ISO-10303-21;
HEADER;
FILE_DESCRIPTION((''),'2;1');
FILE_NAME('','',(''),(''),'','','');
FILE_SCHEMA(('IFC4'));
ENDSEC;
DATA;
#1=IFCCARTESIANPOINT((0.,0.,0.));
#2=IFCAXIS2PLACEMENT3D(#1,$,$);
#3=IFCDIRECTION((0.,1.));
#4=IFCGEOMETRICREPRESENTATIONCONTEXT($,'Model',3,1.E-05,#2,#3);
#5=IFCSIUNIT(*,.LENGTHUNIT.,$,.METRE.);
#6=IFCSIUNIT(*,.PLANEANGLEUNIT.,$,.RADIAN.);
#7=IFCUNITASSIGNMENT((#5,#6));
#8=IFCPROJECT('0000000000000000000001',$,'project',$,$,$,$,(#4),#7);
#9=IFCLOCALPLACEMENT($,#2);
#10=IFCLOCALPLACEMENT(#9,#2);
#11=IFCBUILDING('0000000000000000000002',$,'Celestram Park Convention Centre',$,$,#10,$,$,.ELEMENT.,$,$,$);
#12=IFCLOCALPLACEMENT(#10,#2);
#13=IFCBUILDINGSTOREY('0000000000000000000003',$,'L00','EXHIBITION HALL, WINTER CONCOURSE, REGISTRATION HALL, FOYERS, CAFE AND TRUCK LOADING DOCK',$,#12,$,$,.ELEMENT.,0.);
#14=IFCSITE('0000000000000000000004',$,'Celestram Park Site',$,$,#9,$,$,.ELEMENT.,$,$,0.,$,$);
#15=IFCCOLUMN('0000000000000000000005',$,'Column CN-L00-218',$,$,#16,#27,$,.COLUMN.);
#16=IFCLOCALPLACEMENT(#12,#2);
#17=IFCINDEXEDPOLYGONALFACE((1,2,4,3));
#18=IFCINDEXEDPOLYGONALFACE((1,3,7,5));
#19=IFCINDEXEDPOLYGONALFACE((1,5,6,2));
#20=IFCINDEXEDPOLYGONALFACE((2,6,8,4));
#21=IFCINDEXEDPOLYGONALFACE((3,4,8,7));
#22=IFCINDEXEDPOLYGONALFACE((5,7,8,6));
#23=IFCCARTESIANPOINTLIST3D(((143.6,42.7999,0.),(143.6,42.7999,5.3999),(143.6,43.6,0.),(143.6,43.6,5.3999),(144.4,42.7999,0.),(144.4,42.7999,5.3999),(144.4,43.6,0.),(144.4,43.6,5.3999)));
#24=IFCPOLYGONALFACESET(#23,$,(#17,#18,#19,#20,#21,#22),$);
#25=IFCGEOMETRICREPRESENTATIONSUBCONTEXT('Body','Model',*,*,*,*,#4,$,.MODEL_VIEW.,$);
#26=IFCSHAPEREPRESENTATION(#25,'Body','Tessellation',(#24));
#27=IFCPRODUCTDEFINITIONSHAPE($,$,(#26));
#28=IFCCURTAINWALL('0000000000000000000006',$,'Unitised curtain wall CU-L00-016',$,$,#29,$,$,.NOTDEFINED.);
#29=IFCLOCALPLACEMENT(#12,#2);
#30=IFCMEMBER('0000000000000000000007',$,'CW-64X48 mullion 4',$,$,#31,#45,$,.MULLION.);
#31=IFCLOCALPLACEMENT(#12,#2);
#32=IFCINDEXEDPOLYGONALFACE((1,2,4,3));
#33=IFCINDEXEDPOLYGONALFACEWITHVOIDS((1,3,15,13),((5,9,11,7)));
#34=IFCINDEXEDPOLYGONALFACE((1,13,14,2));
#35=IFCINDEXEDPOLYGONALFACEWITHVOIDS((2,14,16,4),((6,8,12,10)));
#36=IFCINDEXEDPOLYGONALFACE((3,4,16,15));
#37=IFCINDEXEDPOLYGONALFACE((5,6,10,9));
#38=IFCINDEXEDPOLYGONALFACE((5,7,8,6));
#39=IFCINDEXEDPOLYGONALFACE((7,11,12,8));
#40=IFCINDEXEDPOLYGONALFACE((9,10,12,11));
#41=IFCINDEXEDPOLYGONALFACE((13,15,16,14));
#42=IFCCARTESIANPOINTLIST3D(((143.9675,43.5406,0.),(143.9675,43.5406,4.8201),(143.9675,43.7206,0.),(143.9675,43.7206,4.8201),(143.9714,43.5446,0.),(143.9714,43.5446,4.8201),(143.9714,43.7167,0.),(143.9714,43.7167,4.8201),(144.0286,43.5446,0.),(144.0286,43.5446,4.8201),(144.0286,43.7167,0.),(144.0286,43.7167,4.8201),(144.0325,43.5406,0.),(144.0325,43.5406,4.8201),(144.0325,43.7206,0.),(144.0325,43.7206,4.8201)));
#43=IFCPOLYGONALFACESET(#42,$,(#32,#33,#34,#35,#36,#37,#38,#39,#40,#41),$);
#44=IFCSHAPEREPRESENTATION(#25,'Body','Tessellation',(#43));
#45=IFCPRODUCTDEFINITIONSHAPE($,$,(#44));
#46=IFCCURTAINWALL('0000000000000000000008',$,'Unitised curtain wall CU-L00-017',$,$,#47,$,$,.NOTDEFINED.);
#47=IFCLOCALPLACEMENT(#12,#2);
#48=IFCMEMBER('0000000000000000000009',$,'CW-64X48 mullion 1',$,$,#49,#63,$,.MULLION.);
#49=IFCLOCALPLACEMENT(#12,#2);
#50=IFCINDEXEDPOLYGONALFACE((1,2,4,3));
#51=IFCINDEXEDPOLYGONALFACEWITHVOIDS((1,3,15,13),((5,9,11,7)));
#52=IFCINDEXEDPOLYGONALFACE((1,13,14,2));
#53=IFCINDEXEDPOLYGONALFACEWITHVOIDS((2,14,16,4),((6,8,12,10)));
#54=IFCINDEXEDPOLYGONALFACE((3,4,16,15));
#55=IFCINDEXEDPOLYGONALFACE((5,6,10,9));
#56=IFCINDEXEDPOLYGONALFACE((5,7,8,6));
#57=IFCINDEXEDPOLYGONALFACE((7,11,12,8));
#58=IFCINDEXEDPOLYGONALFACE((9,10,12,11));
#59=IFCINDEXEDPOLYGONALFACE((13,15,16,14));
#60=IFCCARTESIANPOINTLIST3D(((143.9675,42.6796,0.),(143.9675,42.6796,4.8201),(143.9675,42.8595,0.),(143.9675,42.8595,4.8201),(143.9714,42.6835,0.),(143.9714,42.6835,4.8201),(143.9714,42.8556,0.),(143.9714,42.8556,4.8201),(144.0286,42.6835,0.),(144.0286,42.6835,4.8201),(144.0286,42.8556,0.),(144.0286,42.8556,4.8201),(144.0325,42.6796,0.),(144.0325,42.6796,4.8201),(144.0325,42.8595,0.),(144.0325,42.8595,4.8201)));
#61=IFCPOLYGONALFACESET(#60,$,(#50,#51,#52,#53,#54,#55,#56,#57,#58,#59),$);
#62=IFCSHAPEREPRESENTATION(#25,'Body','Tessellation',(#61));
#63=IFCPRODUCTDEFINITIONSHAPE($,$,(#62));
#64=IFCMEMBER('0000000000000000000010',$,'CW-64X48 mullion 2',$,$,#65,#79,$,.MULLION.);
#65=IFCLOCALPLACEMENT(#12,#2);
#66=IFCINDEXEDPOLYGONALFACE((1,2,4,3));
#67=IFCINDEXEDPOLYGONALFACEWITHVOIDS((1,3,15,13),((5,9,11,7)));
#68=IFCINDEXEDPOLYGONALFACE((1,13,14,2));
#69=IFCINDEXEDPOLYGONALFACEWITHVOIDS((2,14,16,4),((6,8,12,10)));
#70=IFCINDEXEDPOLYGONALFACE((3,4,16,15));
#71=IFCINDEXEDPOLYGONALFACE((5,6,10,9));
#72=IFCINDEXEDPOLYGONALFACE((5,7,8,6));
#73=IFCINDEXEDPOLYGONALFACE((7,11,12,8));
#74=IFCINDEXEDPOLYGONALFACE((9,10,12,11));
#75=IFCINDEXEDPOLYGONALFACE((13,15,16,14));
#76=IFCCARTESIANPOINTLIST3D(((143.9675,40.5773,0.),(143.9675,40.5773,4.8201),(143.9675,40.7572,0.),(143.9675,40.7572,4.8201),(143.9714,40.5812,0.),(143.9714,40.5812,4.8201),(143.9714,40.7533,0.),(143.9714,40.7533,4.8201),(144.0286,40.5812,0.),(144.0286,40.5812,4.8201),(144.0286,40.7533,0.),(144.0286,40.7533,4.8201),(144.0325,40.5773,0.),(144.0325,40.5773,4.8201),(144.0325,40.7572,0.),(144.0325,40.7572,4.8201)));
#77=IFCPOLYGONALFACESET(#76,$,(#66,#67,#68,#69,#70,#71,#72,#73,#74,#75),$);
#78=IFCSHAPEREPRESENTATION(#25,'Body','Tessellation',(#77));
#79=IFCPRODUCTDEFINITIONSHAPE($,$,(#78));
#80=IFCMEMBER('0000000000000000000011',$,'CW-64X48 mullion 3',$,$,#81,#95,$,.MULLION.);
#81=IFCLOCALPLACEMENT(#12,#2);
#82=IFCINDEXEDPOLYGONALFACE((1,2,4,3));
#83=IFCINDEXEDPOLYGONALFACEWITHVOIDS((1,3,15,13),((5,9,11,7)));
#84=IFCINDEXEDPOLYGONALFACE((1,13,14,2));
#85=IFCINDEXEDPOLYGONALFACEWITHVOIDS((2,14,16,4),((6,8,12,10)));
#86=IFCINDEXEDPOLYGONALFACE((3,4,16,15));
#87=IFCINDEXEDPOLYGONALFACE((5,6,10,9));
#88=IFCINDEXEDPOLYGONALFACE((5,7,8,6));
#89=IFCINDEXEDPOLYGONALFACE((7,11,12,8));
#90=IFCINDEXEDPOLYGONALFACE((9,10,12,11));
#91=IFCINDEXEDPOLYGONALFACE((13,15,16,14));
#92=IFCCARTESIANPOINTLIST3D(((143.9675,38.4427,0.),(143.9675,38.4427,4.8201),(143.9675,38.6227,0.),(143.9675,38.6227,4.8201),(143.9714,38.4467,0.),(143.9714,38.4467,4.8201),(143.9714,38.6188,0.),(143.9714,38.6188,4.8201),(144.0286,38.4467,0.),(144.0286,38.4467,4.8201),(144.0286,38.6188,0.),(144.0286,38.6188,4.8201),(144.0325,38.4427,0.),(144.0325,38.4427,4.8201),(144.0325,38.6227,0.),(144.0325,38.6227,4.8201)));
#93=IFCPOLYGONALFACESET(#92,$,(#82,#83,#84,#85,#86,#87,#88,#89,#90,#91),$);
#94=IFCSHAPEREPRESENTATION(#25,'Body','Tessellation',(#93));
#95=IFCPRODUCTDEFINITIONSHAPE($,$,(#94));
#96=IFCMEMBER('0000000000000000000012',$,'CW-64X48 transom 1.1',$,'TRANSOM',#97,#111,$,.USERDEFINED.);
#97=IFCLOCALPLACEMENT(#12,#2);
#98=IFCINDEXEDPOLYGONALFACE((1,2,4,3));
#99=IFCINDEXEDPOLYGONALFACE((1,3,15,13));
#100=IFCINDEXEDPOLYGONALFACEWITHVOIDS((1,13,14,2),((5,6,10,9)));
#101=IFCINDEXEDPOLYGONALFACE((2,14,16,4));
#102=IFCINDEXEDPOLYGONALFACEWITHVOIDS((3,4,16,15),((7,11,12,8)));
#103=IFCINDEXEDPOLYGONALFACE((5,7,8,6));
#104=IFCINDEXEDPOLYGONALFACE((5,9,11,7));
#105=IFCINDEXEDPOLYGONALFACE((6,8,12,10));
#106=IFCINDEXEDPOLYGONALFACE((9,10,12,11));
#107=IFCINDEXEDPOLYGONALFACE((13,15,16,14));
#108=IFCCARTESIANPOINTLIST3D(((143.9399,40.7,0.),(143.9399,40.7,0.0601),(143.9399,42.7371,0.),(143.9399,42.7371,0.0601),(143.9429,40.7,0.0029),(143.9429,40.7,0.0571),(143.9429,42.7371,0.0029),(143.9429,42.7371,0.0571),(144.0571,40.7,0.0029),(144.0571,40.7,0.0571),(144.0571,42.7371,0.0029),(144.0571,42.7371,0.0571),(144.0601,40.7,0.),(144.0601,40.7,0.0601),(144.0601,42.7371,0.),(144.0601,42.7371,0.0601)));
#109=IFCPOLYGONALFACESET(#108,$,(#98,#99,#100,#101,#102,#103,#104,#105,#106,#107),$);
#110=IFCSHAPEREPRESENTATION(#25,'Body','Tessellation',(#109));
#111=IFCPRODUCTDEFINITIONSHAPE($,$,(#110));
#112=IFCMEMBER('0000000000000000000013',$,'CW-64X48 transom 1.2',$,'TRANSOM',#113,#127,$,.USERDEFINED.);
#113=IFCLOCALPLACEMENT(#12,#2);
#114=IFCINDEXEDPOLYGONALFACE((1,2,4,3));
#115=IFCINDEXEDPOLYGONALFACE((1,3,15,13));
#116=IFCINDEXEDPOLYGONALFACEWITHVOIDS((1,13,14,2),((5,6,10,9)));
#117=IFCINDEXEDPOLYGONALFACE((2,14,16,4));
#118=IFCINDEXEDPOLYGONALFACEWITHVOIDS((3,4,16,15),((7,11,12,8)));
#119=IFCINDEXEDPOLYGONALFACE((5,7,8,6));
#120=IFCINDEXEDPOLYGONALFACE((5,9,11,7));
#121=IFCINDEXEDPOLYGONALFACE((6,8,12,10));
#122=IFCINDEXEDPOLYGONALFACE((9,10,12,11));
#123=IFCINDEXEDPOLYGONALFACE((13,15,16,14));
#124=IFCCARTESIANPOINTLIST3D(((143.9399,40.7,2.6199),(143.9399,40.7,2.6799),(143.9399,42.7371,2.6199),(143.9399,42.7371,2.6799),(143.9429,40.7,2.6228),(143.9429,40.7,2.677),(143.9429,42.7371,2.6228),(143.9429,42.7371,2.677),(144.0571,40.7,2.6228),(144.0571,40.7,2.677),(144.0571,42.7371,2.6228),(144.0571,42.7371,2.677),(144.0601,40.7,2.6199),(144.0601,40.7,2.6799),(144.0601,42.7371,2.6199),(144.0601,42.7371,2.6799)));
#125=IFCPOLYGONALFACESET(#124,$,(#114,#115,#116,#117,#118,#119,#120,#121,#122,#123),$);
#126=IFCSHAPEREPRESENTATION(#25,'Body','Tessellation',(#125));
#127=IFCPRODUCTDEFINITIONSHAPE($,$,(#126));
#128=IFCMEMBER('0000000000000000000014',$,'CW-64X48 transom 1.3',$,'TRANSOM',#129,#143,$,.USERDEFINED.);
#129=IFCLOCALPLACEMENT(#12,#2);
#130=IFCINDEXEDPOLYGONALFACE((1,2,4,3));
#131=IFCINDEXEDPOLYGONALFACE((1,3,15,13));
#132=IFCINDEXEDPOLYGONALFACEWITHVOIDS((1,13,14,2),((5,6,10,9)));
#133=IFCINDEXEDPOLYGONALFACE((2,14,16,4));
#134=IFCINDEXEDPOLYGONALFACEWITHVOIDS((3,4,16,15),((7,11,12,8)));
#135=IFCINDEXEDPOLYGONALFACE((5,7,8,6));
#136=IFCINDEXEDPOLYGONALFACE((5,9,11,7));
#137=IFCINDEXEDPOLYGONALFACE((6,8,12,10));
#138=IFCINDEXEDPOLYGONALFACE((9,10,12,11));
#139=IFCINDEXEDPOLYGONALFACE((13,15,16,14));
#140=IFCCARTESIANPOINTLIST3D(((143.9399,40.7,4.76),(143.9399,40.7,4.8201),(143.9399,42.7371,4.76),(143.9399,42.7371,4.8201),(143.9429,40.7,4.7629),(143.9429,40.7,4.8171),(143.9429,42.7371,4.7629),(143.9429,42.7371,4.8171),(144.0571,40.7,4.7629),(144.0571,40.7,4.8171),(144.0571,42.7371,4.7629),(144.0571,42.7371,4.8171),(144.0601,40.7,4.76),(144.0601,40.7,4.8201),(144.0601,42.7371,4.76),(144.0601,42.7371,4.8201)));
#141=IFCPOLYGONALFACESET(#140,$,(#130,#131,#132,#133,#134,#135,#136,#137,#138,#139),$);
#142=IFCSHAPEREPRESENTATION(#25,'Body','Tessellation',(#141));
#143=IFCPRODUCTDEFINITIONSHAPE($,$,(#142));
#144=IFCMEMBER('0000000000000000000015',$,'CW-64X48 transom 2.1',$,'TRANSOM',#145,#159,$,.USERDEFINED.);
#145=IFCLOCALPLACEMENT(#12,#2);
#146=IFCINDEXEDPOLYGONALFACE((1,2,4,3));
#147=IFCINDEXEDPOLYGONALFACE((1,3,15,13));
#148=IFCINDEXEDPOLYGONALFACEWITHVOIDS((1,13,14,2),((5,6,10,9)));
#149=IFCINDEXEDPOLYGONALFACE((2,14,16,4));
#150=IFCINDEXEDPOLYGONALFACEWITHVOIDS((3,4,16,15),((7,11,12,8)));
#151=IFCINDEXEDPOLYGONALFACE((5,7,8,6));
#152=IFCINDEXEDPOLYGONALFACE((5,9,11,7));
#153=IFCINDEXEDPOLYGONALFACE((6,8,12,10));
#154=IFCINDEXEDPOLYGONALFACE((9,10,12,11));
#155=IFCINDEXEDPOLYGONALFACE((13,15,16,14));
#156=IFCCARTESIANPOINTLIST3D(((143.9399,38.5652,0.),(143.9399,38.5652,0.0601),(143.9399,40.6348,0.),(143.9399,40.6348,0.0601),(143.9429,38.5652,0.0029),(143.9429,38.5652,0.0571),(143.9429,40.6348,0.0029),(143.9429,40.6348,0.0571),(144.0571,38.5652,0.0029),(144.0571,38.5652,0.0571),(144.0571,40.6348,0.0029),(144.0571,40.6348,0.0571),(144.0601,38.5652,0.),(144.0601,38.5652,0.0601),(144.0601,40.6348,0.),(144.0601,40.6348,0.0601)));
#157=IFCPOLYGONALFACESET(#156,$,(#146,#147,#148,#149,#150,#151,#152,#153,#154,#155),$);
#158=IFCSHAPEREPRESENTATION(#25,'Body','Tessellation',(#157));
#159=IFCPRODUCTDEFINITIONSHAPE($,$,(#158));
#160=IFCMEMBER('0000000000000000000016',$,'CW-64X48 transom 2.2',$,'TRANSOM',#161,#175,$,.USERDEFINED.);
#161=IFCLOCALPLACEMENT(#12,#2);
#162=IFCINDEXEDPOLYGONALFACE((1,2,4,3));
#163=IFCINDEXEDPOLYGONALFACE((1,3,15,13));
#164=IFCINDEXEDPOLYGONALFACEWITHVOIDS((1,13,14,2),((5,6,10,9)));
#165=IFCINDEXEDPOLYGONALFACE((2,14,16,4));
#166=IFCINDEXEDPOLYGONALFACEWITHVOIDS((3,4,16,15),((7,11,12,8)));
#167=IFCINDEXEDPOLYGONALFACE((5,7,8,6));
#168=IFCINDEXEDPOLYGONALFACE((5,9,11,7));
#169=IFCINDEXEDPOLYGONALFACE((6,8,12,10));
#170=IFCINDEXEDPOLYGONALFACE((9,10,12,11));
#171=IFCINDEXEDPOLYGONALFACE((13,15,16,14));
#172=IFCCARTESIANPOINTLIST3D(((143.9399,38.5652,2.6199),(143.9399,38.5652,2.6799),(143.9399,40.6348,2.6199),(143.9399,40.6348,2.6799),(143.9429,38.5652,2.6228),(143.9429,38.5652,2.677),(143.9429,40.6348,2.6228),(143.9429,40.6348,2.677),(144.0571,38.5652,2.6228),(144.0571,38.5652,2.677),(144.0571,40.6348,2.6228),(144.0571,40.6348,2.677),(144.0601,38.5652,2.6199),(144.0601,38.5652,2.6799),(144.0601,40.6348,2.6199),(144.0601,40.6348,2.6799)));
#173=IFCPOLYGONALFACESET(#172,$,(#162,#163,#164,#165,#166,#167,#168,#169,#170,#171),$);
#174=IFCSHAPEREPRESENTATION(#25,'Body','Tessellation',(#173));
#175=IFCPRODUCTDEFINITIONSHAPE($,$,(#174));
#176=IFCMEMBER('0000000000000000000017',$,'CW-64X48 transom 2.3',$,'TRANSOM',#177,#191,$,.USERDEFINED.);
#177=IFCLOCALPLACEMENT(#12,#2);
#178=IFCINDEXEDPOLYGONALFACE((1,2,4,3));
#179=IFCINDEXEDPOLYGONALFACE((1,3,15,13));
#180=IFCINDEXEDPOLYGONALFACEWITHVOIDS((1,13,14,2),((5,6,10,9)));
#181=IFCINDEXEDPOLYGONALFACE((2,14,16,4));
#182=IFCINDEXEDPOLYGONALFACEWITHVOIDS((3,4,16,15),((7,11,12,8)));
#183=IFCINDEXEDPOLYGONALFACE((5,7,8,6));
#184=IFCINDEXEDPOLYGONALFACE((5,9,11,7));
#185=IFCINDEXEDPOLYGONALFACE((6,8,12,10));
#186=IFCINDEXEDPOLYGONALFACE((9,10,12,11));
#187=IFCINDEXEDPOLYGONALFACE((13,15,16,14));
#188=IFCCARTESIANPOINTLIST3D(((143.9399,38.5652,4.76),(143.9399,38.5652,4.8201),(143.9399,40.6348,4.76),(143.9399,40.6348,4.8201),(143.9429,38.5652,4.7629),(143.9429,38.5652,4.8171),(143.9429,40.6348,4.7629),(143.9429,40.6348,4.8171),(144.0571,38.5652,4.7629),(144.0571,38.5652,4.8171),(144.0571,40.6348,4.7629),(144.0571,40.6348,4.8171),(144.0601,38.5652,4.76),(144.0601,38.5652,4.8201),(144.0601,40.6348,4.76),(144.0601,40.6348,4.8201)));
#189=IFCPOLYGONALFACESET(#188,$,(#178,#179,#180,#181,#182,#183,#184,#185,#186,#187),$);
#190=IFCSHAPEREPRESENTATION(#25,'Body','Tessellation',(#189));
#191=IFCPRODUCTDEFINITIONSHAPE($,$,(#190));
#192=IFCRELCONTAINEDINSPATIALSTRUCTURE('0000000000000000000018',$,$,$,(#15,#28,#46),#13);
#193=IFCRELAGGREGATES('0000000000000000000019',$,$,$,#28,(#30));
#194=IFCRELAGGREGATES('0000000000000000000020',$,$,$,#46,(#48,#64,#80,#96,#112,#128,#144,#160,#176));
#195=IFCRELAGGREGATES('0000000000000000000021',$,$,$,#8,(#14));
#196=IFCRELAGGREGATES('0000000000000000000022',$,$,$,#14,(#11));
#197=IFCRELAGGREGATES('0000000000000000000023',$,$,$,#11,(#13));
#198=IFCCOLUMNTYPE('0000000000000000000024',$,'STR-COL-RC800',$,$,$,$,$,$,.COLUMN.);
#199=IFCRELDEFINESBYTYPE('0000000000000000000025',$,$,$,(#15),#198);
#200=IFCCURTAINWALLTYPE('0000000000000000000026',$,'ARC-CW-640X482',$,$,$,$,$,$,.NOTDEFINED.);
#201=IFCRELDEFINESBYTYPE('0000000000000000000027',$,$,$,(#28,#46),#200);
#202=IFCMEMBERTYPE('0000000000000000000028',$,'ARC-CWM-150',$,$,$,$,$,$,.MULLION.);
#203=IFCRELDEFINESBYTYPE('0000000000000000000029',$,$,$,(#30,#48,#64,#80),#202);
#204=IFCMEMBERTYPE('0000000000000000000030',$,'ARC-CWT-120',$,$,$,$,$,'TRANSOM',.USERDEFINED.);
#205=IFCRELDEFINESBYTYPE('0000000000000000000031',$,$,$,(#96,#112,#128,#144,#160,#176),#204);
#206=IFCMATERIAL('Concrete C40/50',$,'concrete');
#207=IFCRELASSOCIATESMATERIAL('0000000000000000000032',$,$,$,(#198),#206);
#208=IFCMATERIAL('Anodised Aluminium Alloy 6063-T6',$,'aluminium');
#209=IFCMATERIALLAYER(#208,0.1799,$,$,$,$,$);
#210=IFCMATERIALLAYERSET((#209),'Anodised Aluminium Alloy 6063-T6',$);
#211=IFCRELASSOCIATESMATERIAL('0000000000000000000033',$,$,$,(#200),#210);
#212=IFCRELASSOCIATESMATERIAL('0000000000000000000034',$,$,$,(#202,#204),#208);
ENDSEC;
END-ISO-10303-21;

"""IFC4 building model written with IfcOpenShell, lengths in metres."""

from ifc_helpers import new_model, si_unit, direction, frame, origin, origin_2d, place, context, subcontext, project, spatial, rectangle, hollow_rectangle, extrude, material, layer, layer_set, material_profile, profile_set, type_object, element, aggregate, save


model = new_model("IFC4")

# Units and contexts
model_context = context("Model", 3, precision=1e-05, world=origin(), true_north=direction((0.0, 1.0)))
body_context = subcontext(model_context, "Body", "Model", "MODEL_VIEW")
ifc_project = project(units=[si_unit("LENGTHUNIT", "METRE"), si_unit("PLANEANGLEUNIT", "RADIAN")], contexts=[model_context])

# Site, building, storey
site_placement = place(None, origin())
site = spatial("IfcSite", under=ifc_project, at=site_placement, Name="Celestram Park Site", CompositionType="ELEMENT", RefElevation=0.0)
building_placement = place(site_placement, origin())
building = spatial("IfcBuilding", under=site, at=building_placement, Name="Celestram Park Convention Centre", CompositionType="ELEMENT")
storey_placement = place(building_placement, origin())
storey = spatial("IfcBuildingStorey", under=building, at=storey_placement, Name="L00", Description="EXHIBITION HALL, WINTER CONCOURSE, REGISTRATION HALL, FOYERS, CAFE AND TRUCK LOADING DOCK", CompositionType="ELEMENT", Elevation=0.0)

# Column
ifc_material_1 = material(Name="Concrete C40/50", Category="concrete")
ifc_material_profile_1 = material_profile(ifc_material_1, rectangle(XDim=0.8, YDim=0.8, at=origin_2d()), Name="RC800X800")
ifc_profile_set_1 = profile_set([ifc_material_profile_1], Name="Concrete C40/50")
column_type = type_object("IfcColumnType", Name="STR-COL-RC800", PredefinedType="COLUMN", material=ifc_profile_set_1)
column_placement = place(storey_placement, frame((144.0, 43.2, 0.0), z_axis=(0.0, 0.0, 1.0), x_axis=(1.0, 0.0, 0.0)))
element("IfcColumn", 1, at=column_placement, inside=storey, type_object=column_type, Name="Column CN-L00-218", PredefinedType="COLUMN", context=body_context, shape_type="SweptSolid", body=[
    extrude(rectangle(XDim=0.8, YDim=0.8, at=origin_2d()), origin(), (0.0, 0.0, 1.0), 5.3999),
])

# Curtain wall, member
ifc_material_2 = material(Name="Anodised Aluminium Alloy 6063-T6", Category="aluminium")
ifc_layer_1 = layer(ifc_material_2, 0.1799)
ifc_layer_set_1 = layer_set([ifc_layer_1], Name="Anodised Aluminium Alloy 6063-T6")
curtain_wall_type = type_object("IfcCurtainWallType", Name="ARC-CW-640X482", PredefinedType="NOTDEFINED", material=ifc_layer_set_1)
curtain_wall_1_placement = place(storey_placement, origin())
curtain_wall_1 = element("IfcCurtainWall", 2, at=curtain_wall_1_placement, inside=storey, type_object=curtain_wall_type, Name="Unitised curtain wall CU-L00-016", PredefinedType="NOTDEFINED")
ifc_material_profile_2 = material_profile(ifc_material_2, hollow_rectangle(XDim=0.0649, YDim=0.1799, WallThickness=0.0039, at=origin_2d()), Name="ALU65X180X4")
ifc_profile_set_2 = profile_set([ifc_material_profile_2], Name="Anodised Aluminium Alloy 6063-T6")
member_type_1 = type_object("IfcMemberType", Name="ARC-CWM-150", PredefinedType="MULLION", material=ifc_profile_set_2)
member_1_placement = place(storey_placement, frame((144.0, 43.6306, 0.0), z_axis=(0.0, 0.0, 1.0), x_axis=(1.0, 0.0, 0.0)))
member_1 = element("IfcMember", 3, at=member_1_placement, type_object=member_type_1, Name="CW-64X48 mullion 4", PredefinedType="MULLION", context=body_context, shape_type="SweptSolid", body=[
    extrude(hollow_rectangle(XDim=0.0649, YDim=0.1799, WallThickness=0.0039, at=origin_2d()), origin(), (0.0, 0.0, 1.0), 4.8201),
])
aggregate(curtain_wall_1, [member_1])

# Curtain wall, members
curtain_wall_2_placement = place(storey_placement, origin())
curtain_wall_2 = element("IfcCurtainWall", 4, at=curtain_wall_2_placement, inside=storey, type_object=curtain_wall_type, Name="Unitised curtain wall CU-L00-017", PredefinedType="NOTDEFINED")
member_2_placement = place(storey_placement, frame((144.0, 42.7695, 0.0), z_axis=(0.0, 0.0, 1.0), x_axis=(1.0, 0.0, 0.0)))
member_2 = element("IfcMember", 5, at=member_2_placement, type_object=member_type_1, Name="CW-64X48 mullion 1", PredefinedType="MULLION", context=body_context, shape_type="SweptSolid", body=[
    extrude(hollow_rectangle(XDim=0.0649, YDim=0.1799, WallThickness=0.0039, at=origin_2d()), origin(), (0.0, 0.0, 1.0), 4.8201),
])
member_3_placement = place(storey_placement, frame((144.0, 40.6672, 0.0), z_axis=(0.0, 0.0, 1.0), x_axis=(1.0, 0.0, 0.0)))
member_3 = element("IfcMember", 6, at=member_3_placement, type_object=member_type_1, Name="CW-64X48 mullion 2", PredefinedType="MULLION", context=body_context, shape_type="SweptSolid", body=[
    extrude(hollow_rectangle(XDim=0.0649, YDim=0.1799, WallThickness=0.0039, at=origin_2d()), origin(), (0.0, 0.0, 1.0), 4.8201),
])
member_4_placement = place(storey_placement, frame((144.0, 38.5327, 0.0), z_axis=(0.0, 0.0, 1.0), x_axis=(1.0, 0.0, 0.0)))
member_4 = element("IfcMember", 7, at=member_4_placement, type_object=member_type_1, Name="CW-64X48 mullion 3", PredefinedType="MULLION", context=body_context, shape_type="SweptSolid", body=[
    extrude(hollow_rectangle(XDim=0.0649, YDim=0.1799, WallThickness=0.0039, at=origin_2d()), origin(), (0.0, 0.0, 1.0), 4.8201),
])
ifc_material_profile_3 = material_profile(ifc_material_2, hollow_rectangle(XDim=0.1201, YDim=0.0601, WallThickness=0.0029, at=origin_2d()), Name="ALU120X60X3")
ifc_profile_set_3 = profile_set([ifc_material_profile_3], Name="Anodised Aluminium Alloy 6063-T6")
member_type_2 = type_object("IfcMemberType", Name="ARC-CWT-120", ElementType="TRANSOM", PredefinedType="USERDEFINED", material=ifc_profile_set_3)
member_5_placement = place(storey_placement, frame((144.0, 42.7371, 0.03), z_axis=(0.0, -1.0, 0.0), x_axis=(1.0, 0.0, 0.0)))
member_5 = element("IfcMember", 8, at=member_5_placement, type_object=member_type_2, Name="CW-64X48 transom 1.1", ObjectType="TRANSOM", PredefinedType="USERDEFINED", context=body_context, shape_type="SweptSolid", body=[
    extrude(hollow_rectangle(XDim=0.1201, YDim=0.0601, WallThickness=0.0029, at=origin_2d()), origin(), (0.0, 0.0, 1.0), 2.0371),
])
member_6_placement = place(storey_placement, frame((144.0, 42.7371, 2.6499), z_axis=(0.0, -1.0, 0.0), x_axis=(1.0, 0.0, 0.0)))
member_6 = element("IfcMember", 9, at=member_6_placement, type_object=member_type_2, Name="CW-64X48 transom 1.2", ObjectType="TRANSOM", PredefinedType="USERDEFINED", context=body_context, shape_type="SweptSolid", body=[
    extrude(hollow_rectangle(XDim=0.1201, YDim=0.0601, WallThickness=0.0029, at=origin_2d()), origin(), (0.0, 0.0, 1.0), 2.0371),
])
member_7_placement = place(storey_placement, frame((144.0, 42.7371, 4.79), z_axis=(0.0, -1.0, 0.0), x_axis=(1.0, 0.0, 0.0)))
member_7 = element("IfcMember", 10, at=member_7_placement, type_object=member_type_2, Name="CW-64X48 transom 1.3", ObjectType="TRANSOM", PredefinedType="USERDEFINED", context=body_context, shape_type="SweptSolid", body=[
    extrude(hollow_rectangle(XDim=0.1201, YDim=0.0601, WallThickness=0.0029, at=origin_2d()), origin(), (0.0, 0.0, 1.0), 2.0371),
])
member_8_placement = place(storey_placement, frame((144.0, 40.6348, 0.03), z_axis=(0.0, -1.0, 0.0), x_axis=(1.0, 0.0, 0.0)))
member_8 = element("IfcMember", 11, at=member_8_placement, type_object=member_type_2, Name="CW-64X48 transom 2.1", ObjectType="TRANSOM", PredefinedType="USERDEFINED", context=body_context, shape_type="SweptSolid", body=[
    extrude(hollow_rectangle(XDim=0.1201, YDim=0.0601, WallThickness=0.0029, at=origin_2d()), origin(), (0.0, 0.0, 1.0), 2.0696),
])
member_9_placement = place(storey_placement, frame((144.0, 40.6348, 2.6499), z_axis=(0.0, -1.0, 0.0), x_axis=(1.0, 0.0, 0.0)))
member_9 = element("IfcMember", 12, at=member_9_placement, type_object=member_type_2, Name="CW-64X48 transom 2.2", ObjectType="TRANSOM", PredefinedType="USERDEFINED", context=body_context, shape_type="SweptSolid", body=[
    extrude(hollow_rectangle(XDim=0.1201, YDim=0.0601, WallThickness=0.0029, at=origin_2d()), origin(), (0.0, 0.0, 1.0), 2.0696),
])
member_10_placement = place(storey_placement, frame((144.0, 40.6348, 4.79), z_axis=(0.0, -1.0, 0.0), x_axis=(1.0, 0.0, 0.0)))
member_10 = element("IfcMember", 13, at=member_10_placement, type_object=member_type_2, Name="CW-64X48 transom 2.3", ObjectType="TRANSOM", PredefinedType="USERDEFINED", context=body_context, shape_type="SweptSolid", body=[
    extrude(hollow_rectangle(XDim=0.1201, YDim=0.0601, WallThickness=0.0029, at=origin_2d()), origin(), (0.0, 0.0, 1.0), 2.0696),
])

aggregate(curtain_wall_2, [member_2, member_3, member_4, member_5, member_6, member_7, member_8, member_9, member_10])

save(model, "model.ifc")
